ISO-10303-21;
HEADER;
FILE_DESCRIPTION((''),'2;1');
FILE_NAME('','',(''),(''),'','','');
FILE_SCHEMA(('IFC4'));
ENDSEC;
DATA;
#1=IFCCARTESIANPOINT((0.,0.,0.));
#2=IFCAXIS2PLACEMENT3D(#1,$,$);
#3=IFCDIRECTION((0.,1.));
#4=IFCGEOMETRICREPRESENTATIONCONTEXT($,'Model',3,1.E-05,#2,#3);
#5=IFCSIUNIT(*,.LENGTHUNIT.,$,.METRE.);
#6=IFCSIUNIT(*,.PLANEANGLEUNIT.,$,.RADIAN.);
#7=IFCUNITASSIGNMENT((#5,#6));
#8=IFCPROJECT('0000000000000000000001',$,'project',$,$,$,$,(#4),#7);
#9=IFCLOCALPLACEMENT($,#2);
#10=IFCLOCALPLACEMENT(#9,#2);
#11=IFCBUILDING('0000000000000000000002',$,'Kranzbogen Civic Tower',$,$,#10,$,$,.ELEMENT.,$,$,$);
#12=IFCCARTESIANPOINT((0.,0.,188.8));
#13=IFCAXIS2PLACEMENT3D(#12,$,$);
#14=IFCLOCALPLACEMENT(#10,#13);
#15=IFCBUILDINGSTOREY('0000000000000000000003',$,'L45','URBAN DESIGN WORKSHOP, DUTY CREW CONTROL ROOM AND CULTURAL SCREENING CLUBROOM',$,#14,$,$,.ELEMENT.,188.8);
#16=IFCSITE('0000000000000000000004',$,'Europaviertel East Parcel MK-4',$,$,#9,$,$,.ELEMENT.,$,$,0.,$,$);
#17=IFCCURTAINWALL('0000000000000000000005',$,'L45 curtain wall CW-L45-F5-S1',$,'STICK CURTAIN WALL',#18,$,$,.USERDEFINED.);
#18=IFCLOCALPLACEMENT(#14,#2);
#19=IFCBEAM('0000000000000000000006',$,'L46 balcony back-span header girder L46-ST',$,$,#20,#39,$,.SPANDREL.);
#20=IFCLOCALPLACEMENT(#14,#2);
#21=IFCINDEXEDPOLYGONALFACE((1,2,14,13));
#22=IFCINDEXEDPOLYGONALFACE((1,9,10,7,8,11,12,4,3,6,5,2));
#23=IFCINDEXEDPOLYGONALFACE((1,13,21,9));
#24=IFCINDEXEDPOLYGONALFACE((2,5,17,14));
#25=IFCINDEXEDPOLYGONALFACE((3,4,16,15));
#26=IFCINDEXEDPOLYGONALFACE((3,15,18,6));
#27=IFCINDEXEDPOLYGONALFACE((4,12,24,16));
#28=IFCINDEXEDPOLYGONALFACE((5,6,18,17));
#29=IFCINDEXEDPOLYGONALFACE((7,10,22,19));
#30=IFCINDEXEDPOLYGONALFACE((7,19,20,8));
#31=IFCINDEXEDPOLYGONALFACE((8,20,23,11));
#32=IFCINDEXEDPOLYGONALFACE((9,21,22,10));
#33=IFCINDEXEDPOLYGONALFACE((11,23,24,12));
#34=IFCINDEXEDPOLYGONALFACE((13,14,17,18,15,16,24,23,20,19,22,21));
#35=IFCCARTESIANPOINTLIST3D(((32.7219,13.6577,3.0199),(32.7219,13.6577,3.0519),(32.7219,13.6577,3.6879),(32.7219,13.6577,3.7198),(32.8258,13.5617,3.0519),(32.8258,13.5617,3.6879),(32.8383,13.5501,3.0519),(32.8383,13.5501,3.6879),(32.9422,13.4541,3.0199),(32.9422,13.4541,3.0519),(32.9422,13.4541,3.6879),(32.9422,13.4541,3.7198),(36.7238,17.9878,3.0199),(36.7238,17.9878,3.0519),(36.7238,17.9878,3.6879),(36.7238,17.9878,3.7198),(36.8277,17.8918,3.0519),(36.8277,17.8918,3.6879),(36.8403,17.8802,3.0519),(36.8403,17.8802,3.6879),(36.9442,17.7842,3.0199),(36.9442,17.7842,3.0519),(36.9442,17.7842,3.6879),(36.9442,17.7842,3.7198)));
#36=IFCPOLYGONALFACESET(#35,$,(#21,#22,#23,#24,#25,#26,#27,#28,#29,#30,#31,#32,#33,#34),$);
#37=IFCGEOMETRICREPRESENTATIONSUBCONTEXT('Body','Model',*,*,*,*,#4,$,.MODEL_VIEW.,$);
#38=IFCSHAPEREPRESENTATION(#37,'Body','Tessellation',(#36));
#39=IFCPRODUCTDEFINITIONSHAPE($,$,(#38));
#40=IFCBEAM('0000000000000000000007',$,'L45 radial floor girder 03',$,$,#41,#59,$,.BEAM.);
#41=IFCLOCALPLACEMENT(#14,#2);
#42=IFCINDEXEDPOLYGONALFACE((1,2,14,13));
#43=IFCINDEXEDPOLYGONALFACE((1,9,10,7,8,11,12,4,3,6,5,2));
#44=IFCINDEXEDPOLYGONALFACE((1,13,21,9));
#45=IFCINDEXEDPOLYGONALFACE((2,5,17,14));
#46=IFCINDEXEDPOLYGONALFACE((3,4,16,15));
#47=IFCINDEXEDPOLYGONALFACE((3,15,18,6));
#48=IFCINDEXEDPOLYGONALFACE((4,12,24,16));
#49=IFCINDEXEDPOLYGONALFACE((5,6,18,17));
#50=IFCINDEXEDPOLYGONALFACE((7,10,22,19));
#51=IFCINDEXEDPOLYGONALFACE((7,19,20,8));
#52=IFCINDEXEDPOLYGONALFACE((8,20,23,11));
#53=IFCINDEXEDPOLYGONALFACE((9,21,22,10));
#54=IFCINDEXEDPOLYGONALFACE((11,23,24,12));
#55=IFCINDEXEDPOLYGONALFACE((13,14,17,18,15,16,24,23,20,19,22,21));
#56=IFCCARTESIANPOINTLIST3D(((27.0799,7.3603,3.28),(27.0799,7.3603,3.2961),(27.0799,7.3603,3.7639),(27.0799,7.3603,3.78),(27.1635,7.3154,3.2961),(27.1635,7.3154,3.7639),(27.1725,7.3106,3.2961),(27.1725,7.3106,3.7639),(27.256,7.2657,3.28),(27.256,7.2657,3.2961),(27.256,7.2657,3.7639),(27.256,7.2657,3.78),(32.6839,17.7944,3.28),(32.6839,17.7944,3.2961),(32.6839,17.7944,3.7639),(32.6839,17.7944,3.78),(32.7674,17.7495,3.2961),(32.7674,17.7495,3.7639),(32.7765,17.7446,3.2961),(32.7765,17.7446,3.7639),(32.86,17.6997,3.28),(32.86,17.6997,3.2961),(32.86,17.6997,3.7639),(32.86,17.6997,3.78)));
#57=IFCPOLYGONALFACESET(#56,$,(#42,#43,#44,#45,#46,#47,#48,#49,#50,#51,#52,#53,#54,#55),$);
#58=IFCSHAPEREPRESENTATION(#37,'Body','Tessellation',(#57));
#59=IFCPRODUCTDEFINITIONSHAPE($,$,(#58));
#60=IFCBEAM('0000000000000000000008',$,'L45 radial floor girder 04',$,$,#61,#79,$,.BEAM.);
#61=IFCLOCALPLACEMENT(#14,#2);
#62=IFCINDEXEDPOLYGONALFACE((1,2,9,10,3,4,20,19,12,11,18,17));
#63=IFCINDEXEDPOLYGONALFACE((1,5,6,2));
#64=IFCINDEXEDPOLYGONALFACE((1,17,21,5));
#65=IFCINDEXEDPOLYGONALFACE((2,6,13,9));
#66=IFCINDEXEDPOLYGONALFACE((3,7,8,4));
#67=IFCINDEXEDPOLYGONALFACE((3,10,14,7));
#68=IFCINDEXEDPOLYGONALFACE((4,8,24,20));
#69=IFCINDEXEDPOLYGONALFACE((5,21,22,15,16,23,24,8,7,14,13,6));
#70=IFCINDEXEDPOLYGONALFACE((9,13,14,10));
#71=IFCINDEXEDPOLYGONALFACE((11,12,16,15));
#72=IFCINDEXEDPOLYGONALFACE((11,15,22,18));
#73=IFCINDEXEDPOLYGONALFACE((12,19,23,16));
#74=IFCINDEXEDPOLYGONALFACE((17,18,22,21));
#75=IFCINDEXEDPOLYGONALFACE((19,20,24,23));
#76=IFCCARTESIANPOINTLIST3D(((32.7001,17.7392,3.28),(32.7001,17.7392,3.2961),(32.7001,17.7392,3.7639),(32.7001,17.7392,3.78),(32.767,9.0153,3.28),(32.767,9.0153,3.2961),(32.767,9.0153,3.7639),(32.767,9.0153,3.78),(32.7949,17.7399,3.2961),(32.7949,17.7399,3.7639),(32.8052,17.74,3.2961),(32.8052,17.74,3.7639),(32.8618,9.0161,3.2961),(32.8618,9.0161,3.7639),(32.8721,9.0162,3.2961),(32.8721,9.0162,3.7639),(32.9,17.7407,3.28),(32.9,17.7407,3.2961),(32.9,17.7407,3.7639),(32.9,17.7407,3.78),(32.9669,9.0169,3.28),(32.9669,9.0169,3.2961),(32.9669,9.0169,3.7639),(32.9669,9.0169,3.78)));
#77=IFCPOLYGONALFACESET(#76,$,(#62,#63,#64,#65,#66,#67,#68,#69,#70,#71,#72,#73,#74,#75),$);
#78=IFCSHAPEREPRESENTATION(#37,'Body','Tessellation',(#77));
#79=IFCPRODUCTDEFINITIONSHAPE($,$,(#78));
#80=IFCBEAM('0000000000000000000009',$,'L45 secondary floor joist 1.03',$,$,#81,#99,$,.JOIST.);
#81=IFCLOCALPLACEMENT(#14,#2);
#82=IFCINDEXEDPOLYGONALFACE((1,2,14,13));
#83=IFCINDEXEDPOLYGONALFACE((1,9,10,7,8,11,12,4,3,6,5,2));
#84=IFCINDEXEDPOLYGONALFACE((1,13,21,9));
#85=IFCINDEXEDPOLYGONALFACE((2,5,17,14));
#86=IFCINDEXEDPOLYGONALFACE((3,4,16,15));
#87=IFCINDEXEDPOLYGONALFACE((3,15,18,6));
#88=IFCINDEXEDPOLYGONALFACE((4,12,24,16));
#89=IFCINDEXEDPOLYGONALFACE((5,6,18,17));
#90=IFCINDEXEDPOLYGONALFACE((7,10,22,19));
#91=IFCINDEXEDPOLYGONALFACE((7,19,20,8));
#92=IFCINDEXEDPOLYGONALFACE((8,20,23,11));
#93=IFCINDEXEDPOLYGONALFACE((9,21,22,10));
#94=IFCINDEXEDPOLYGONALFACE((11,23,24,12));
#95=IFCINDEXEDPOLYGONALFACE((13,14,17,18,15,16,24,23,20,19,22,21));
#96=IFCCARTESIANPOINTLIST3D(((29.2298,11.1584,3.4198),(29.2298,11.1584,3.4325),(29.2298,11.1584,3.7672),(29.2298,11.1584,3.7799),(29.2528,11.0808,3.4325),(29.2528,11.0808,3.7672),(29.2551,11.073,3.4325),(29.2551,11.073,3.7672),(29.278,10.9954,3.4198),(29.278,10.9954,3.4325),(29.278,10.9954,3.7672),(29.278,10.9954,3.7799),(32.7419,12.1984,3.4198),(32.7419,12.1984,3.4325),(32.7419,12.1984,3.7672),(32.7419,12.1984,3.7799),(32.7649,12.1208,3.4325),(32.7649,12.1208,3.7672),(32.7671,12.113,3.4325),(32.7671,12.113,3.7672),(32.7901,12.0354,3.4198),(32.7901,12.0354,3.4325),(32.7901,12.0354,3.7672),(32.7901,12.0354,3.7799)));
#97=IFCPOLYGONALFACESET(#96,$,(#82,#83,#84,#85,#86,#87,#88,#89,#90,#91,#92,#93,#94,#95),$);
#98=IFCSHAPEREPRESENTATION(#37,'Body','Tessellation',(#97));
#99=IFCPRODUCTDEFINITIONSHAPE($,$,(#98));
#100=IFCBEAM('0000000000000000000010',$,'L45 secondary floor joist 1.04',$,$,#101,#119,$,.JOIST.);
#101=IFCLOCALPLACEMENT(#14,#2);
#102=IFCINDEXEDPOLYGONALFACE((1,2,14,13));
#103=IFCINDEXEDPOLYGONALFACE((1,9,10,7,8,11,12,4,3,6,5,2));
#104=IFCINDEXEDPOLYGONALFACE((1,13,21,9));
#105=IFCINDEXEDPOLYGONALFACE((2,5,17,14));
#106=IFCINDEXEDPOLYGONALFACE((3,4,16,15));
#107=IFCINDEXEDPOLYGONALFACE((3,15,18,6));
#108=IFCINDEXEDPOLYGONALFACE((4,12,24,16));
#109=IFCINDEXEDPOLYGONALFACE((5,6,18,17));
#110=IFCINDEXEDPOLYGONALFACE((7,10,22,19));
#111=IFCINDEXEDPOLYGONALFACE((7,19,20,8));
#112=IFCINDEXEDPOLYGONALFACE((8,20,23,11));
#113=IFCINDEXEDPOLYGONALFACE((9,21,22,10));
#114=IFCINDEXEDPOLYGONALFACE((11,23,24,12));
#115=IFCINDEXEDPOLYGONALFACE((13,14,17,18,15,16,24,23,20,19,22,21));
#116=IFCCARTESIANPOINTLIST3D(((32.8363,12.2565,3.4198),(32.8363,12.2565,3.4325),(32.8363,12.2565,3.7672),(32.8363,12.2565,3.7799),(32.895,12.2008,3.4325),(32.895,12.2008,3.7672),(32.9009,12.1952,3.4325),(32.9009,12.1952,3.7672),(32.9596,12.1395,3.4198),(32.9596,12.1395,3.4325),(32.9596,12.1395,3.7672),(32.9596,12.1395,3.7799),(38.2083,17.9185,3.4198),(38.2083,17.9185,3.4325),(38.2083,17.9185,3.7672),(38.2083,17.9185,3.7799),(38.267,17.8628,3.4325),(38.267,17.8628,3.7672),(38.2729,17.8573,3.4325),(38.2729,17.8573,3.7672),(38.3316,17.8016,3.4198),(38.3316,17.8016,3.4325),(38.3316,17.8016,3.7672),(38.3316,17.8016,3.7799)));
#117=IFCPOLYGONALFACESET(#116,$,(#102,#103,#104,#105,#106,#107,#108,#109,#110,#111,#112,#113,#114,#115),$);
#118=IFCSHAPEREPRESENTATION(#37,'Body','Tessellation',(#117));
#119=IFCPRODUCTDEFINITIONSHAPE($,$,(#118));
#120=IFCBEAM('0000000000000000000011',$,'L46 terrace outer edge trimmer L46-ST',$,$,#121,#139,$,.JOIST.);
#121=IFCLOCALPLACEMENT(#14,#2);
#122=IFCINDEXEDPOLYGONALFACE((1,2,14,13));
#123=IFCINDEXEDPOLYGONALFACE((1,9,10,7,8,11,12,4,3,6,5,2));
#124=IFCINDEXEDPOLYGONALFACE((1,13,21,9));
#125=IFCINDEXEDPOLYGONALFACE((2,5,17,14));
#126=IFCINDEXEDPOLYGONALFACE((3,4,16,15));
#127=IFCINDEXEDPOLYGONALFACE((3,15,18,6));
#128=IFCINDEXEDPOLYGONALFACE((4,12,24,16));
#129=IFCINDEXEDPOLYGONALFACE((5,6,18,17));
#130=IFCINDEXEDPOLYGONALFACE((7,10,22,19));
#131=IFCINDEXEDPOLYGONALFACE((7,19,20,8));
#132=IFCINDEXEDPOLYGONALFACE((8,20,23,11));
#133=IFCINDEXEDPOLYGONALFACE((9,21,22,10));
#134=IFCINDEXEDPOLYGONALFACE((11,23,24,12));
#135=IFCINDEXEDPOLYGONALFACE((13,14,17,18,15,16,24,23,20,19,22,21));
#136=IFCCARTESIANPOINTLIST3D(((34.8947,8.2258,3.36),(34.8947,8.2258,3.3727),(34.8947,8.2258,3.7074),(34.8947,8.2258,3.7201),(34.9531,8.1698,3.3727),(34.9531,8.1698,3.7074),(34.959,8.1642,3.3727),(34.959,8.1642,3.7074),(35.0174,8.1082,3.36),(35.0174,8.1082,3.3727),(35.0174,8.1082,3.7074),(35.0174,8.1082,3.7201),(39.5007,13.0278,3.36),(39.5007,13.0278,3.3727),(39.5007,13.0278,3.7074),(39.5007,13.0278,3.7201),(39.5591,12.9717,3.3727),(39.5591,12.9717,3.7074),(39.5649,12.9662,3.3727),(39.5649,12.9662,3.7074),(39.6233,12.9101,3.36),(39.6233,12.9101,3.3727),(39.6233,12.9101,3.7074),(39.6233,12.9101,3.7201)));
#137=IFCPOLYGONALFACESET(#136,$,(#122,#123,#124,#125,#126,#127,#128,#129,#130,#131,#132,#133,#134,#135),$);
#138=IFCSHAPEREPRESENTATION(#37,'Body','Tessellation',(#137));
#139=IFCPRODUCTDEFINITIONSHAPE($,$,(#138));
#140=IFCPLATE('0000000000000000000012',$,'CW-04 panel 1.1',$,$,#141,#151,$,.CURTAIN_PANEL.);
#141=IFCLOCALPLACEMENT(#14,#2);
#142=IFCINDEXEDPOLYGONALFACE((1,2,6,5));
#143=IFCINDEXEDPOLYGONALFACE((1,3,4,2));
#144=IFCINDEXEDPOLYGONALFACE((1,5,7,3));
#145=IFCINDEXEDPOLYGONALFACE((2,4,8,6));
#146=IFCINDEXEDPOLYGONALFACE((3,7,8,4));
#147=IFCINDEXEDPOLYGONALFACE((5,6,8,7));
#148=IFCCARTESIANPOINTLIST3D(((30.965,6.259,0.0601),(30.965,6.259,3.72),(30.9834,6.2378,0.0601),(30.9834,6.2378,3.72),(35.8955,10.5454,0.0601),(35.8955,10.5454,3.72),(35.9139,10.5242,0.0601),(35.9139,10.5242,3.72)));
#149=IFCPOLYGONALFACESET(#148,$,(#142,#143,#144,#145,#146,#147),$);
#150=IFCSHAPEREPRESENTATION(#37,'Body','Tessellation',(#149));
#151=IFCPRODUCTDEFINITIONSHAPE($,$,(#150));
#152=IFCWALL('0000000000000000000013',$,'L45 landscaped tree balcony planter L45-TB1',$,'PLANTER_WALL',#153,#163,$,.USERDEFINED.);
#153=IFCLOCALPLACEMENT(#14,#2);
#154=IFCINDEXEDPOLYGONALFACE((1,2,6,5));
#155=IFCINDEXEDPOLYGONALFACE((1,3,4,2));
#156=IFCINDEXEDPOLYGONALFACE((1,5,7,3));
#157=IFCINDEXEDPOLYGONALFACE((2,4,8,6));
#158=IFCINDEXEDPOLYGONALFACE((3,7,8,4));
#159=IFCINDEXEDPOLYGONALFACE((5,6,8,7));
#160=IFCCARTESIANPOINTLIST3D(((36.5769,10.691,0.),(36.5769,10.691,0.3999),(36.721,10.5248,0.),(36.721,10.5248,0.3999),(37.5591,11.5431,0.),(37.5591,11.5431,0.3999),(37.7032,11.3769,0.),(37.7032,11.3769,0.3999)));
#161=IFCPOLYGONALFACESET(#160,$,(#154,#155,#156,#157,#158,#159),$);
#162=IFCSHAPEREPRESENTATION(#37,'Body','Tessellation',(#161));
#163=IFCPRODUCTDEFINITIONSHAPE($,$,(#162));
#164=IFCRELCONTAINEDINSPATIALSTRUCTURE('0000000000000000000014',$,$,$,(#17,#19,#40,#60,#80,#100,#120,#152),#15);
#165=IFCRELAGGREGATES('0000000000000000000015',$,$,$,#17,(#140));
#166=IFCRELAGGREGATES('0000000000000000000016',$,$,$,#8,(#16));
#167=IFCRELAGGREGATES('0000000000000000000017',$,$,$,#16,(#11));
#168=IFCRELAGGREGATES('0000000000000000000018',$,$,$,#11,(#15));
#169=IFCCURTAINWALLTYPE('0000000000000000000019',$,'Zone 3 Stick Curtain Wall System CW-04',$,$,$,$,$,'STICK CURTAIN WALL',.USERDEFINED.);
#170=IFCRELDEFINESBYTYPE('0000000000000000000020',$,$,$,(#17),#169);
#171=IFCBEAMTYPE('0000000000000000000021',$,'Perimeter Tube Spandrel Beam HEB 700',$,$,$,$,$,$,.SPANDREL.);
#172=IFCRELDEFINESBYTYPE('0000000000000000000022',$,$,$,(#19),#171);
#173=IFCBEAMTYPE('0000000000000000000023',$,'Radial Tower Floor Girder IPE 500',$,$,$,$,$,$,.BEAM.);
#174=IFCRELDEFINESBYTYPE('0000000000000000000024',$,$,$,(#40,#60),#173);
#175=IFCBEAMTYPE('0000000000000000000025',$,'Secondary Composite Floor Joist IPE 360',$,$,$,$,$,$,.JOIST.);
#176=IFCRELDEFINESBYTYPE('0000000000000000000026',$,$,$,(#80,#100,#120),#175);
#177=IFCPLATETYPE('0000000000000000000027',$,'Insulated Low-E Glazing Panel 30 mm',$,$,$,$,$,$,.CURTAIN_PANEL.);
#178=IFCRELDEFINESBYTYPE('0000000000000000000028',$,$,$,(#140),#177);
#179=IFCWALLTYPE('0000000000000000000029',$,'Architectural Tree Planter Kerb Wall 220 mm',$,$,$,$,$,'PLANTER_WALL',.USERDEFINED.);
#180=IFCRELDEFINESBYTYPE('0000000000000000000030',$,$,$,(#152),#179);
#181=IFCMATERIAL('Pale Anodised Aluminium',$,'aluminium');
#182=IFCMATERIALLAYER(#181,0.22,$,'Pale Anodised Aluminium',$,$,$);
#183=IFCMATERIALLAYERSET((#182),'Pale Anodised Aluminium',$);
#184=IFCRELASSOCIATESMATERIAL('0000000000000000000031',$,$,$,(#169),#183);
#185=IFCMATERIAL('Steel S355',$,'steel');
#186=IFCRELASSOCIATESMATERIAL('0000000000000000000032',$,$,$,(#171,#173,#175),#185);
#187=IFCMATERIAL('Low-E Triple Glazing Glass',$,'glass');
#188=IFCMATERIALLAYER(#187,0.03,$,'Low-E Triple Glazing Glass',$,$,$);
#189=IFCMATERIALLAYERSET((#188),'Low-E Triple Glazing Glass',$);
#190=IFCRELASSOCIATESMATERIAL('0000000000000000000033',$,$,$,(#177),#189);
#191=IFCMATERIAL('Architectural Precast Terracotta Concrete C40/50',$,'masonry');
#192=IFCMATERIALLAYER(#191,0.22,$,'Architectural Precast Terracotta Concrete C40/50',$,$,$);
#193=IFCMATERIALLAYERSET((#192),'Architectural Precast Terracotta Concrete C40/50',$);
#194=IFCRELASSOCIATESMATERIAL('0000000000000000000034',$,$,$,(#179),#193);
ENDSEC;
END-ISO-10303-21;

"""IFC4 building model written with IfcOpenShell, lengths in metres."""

from ifc_helpers import new_model, si_unit, direction, frame, frame_2d, origin, origin_2d, place, context, subcontext, project, spatial, rectangle, i_section, extrude, material, layer, layer_set, material_profile, profile_set, type_object, element, aggregate, save


model = new_model("IFC4")

# Units and contexts
model_context = context("Model", 3, precision=1e-05, world=origin(), true_north=direction((0.0, 1.0)))
body_context = subcontext(model_context, "Body", "Model", "MODEL_VIEW")
ifc_project = project(units=[si_unit("LENGTHUNIT", "METRE"), si_unit("PLANEANGLEUNIT", "RADIAN")], contexts=[model_context])

# Site, building, storey
site_placement = place(None, origin())
site = spatial("IfcSite", under=ifc_project, at=site_placement, Name="Europaviertel East Parcel MK-4", CompositionType="ELEMENT", RefElevation=0.0)
building_placement = place(site_placement, origin())
building = spatial("IfcBuilding", under=site, at=building_placement, Name="Kranzbogen Civic Tower", CompositionType="ELEMENT")
storey_placement = place(building_placement, frame((0.0, 0.0, 188.8)))
storey = spatial("IfcBuildingStorey", under=building, at=storey_placement, Name="L45", Description="URBAN DESIGN WORKSHOP, DUTY CREW CONTROL ROOM AND CULTURAL SCREENING CLUBROOM", CompositionType="ELEMENT", Elevation=188.8)

# Shared definitions
ifc_material_1 = material(Name="Steel S355", Category="steel")

# Curtain wall
ifc_material_2 = material(Name="Pale Anodised Aluminium", Category="aluminium")
ifc_layer_1 = layer(ifc_material_2, 0.22, Name="Pale Anodised Aluminium")
ifc_layer_set_1 = layer_set([ifc_layer_1], Name="Pale Anodised Aluminium")
curtain_wall_type = type_object("IfcCurtainWallType", Name="Zone 3 Stick Curtain Wall System CW-04", ElementType="STICK CURTAIN WALL", PredefinedType="USERDEFINED", material=ifc_layer_set_1)
curtain_wall_1_placement = place(storey_placement, origin())
curtain_wall_1 = element("IfcCurtainWall", 1, at=curtain_wall_1_placement, inside=storey, type_object=curtain_wall_type, Name="L45 curtain wall CW-L45-F5-S1", ObjectType="STICK CURTAIN WALL", PredefinedType="USERDEFINED")

# Beams
ifc_material_profile_1 = material_profile(ifc_material_1, i_section(OverallWidth=0.3, OverallDepth=0.7, WebThickness=0.0171, FlangeThickness=0.032, at=origin_2d()), Name="HEB 700")
ifc_profile_set_1 = profile_set([ifc_material_profile_1], Name="Steel S355")
beam_type_1 = type_object("IfcBeamType", Name="Perimeter Tube Spandrel Beam HEB 700", PredefinedType="SPANDREL", material=ifc_profile_set_1)
beam_1_placement = place(storey_placement, frame((32.832, 13.5559, 3.3699), z_axis=(0.678734, 0.734384, 0.0), x_axis=(-0.734384, 0.678734, 0.0)))
element("IfcBeam", 2, at=beam_1_placement, inside=storey, type_object=beam_type_1, Name="L46 balcony back-span header girder L46-ST", PredefinedType="SPANDREL", context=body_context, shape_type="SweptSolid", body=[
    extrude(i_section(OverallWidth=0.3, OverallDepth=0.7, WebThickness=0.0171, FlangeThickness=0.032, at=origin_2d()), origin(), (0.0, 0.0, 1.0), 5.8962),
])
ifc_material_profile_2 = material_profile(ifc_material_1, i_section(OverallWidth=0.2, OverallDepth=0.5, WebThickness=0.0103, FlangeThickness=0.0161, at=origin_2d()), Name="IPE 500")
ifc_profile_set_2 = profile_set([ifc_material_profile_2], Name="Steel S355")
beam_type_2 = type_object("IfcBeamType", Name="Radial Tower Floor Girder IPE 500", PredefinedType="BEAM", material=ifc_profile_set_2)
beam_2_placement = place(storey_placement, frame((27.168, 7.313, 3.53), z_axis=(0.47316, 0.880976, 0.0), x_axis=(-0.880976, 0.47316, 0.0)))
element("IfcBeam", 3, at=beam_2_placement, inside=storey, type_object=beam_type_2, Name="L45 radial floor girder 03", PredefinedType="BEAM", context=body_context, shape_type="SweptSolid", body=[
    extrude(i_section(OverallWidth=0.2, OverallDepth=0.5, WebThickness=0.0103, FlangeThickness=0.0161, at=origin_2d()), origin(), (0.0, 0.0, 1.0), 11.8438),
])
beam_3_placement = place(storey_placement, frame((32.8669, 9.0161, 3.53), z_axis=(-0.007668, 0.999971, 0.0), x_axis=(-0.999971, -0.007668, 0.0)))
element("IfcBeam", 4, at=beam_3_placement, inside=storey, type_object=beam_type_2, Name="L45 radial floor girder 04", PredefinedType="BEAM", context=body_context, shape_type="SweptSolid", body=[
    extrude(i_section(OverallWidth=0.2, OverallDepth=0.5, WebThickness=0.0103, FlangeThickness=0.0161, at=origin_2d()), origin(), (0.0, 0.0, 1.0), 8.7241),
])
ifc_material_profile_3 = material_profile(ifc_material_1, i_section(OverallWidth=0.1699, OverallDepth=0.3601, WebThickness=0.0081, FlangeThickness=0.0127, at=origin_2d()), Name="IPE 360")
ifc_profile_set_3 = profile_set([ifc_material_profile_3], Name="Steel S355")
beam_type_3 = type_object("IfcBeamType", Name="Secondary Composite Floor Joist IPE 360", PredefinedType="JOIST", material=ifc_profile_set_3)
beam_4_placement = place(storey_placement, frame((29.2539, 11.0769, 3.5999), z_axis=(0.958844, 0.283934, 0.0), x_axis=(-0.283934, 0.958844, 0.0)))
element("IfcBeam", 5, at=beam_4_placement, inside=storey, type_object=beam_type_3, Name="L45 secondary floor joist 1.03", PredefinedType="JOIST", context=body_context, shape_type="SweptSolid", body=[
    extrude(i_section(OverallWidth=0.1699, OverallDepth=0.3601, WebThickness=0.0081, FlangeThickness=0.0127, at=origin_2d()), origin(), (0.0, 0.0, 1.0), 3.6628),
])
beam_5_placement = place(storey_placement, frame((32.8979, 12.198, 3.5999), z_axis=(0.688282, 0.725443, 0.0), x_axis=(-0.725443, 0.688282, 0.0)))
element("IfcBeam", 6, at=beam_5_placement, inside=storey, type_object=beam_type_3, Name="L45 secondary floor joist 1.04", PredefinedType="JOIST", context=body_context, shape_type="SweptSolid", body=[
    extrude(i_section(OverallWidth=0.1699, OverallDepth=0.3601, WebThickness=0.0081, FlangeThickness=0.0127, at=origin_2d()), origin(), (0.0, 0.0, 1.0), 7.8049),
])
beam_6_placement = place(storey_placement, frame((34.9561, 8.167, 3.54), z_axis=(0.692222, 0.721685, 0.0), x_axis=(-0.721685, 0.692222, 0.0)))
element("IfcBeam", 7, at=beam_6_placement, inside=storey, type_object=beam_type_3, Name="L46 terrace outer edge trimmer L46-ST", PredefinedType="JOIST", context=body_context, shape_type="SweptSolid", body=[
    extrude(i_section(OverallWidth=0.1699, OverallDepth=0.3601, WebThickness=0.0081, FlangeThickness=0.0127, at=origin_2d()), origin(), (0.0, 0.0, 1.0), 6.6538),
])

# Plate
ifc_material_3 = material(Name="Low-E Triple Glazing Glass", Category="glass")
ifc_layer_2 = layer(ifc_material_3, 0.03, Name="Low-E Triple Glazing Glass")
ifc_layer_set_2 = layer_set([ifc_layer_2], Name="Low-E Triple Glazing Glass")
plate_type = type_object("IfcPlateType", Name="Insulated Low-E Glazing Panel 30 mm", PredefinedType="CURTAIN_PANEL", material=ifc_layer_set_2)
plate_placement = place(storey_placement, frame((33.4395, 8.3916, 0.0601), z_axis=(0.0, 0.0, 1.0), x_axis=(0.754686, 0.656086, 0.0)))
plate = element("IfcPlate", 8, at=plate_placement, type_object=plate_type, Name="CW-04 panel 1.1", PredefinedType="CURTAIN_PANEL", context=body_context, shape_type="SweptSolid", body=[
    extrude(rectangle(XDim=6.5332, YDim=0.0281, at=origin_2d()), origin(), (0.0, 0.0, 1.0), 3.6599),
])
aggregate(curtain_wall_1, [plate])

# Wall
ifc_material_4 = material(Name="Architectural Precast Terracotta Concrete C40/50", Category="masonry")
ifc_layer_3 = layer(ifc_material_4, 0.22, Name="Architectural Precast Terracotta Concrete C40/50")
ifc_layer_set_3 = layer_set([ifc_layer_3], Name="Architectural Precast Terracotta Concrete C40/50")
wall_type_1 = type_object("IfcWallType", Name="Architectural Tree Planter Kerb Wall 220 mm", ElementType="PLANTER_WALL", PredefinedType="USERDEFINED", material=ifc_layer_set_3)
wall_1_placement = place(storey_placement, frame((36.6489, 10.6079, 0.0), z_axis=(0.0, 0.0, 1.0), x_axis=(0.755373, 0.655295, 0.0)))
element("IfcWall", 9, at=wall_1_placement, inside=storey, type_object=wall_type_1, Name="L45 landscaped tree balcony planter L45-TB1", ObjectType="PLANTER_WALL", PredefinedType="USERDEFINED", context=body_context, shape_type="SweptSolid", body=[
    extrude(rectangle(XDim=1.3003, YDim=0.22, at=frame_2d((0.6501, 0.0))), origin(), (0.0, 0.0, 1.0), 0.3999),
])

save(model, "model.ifc")
